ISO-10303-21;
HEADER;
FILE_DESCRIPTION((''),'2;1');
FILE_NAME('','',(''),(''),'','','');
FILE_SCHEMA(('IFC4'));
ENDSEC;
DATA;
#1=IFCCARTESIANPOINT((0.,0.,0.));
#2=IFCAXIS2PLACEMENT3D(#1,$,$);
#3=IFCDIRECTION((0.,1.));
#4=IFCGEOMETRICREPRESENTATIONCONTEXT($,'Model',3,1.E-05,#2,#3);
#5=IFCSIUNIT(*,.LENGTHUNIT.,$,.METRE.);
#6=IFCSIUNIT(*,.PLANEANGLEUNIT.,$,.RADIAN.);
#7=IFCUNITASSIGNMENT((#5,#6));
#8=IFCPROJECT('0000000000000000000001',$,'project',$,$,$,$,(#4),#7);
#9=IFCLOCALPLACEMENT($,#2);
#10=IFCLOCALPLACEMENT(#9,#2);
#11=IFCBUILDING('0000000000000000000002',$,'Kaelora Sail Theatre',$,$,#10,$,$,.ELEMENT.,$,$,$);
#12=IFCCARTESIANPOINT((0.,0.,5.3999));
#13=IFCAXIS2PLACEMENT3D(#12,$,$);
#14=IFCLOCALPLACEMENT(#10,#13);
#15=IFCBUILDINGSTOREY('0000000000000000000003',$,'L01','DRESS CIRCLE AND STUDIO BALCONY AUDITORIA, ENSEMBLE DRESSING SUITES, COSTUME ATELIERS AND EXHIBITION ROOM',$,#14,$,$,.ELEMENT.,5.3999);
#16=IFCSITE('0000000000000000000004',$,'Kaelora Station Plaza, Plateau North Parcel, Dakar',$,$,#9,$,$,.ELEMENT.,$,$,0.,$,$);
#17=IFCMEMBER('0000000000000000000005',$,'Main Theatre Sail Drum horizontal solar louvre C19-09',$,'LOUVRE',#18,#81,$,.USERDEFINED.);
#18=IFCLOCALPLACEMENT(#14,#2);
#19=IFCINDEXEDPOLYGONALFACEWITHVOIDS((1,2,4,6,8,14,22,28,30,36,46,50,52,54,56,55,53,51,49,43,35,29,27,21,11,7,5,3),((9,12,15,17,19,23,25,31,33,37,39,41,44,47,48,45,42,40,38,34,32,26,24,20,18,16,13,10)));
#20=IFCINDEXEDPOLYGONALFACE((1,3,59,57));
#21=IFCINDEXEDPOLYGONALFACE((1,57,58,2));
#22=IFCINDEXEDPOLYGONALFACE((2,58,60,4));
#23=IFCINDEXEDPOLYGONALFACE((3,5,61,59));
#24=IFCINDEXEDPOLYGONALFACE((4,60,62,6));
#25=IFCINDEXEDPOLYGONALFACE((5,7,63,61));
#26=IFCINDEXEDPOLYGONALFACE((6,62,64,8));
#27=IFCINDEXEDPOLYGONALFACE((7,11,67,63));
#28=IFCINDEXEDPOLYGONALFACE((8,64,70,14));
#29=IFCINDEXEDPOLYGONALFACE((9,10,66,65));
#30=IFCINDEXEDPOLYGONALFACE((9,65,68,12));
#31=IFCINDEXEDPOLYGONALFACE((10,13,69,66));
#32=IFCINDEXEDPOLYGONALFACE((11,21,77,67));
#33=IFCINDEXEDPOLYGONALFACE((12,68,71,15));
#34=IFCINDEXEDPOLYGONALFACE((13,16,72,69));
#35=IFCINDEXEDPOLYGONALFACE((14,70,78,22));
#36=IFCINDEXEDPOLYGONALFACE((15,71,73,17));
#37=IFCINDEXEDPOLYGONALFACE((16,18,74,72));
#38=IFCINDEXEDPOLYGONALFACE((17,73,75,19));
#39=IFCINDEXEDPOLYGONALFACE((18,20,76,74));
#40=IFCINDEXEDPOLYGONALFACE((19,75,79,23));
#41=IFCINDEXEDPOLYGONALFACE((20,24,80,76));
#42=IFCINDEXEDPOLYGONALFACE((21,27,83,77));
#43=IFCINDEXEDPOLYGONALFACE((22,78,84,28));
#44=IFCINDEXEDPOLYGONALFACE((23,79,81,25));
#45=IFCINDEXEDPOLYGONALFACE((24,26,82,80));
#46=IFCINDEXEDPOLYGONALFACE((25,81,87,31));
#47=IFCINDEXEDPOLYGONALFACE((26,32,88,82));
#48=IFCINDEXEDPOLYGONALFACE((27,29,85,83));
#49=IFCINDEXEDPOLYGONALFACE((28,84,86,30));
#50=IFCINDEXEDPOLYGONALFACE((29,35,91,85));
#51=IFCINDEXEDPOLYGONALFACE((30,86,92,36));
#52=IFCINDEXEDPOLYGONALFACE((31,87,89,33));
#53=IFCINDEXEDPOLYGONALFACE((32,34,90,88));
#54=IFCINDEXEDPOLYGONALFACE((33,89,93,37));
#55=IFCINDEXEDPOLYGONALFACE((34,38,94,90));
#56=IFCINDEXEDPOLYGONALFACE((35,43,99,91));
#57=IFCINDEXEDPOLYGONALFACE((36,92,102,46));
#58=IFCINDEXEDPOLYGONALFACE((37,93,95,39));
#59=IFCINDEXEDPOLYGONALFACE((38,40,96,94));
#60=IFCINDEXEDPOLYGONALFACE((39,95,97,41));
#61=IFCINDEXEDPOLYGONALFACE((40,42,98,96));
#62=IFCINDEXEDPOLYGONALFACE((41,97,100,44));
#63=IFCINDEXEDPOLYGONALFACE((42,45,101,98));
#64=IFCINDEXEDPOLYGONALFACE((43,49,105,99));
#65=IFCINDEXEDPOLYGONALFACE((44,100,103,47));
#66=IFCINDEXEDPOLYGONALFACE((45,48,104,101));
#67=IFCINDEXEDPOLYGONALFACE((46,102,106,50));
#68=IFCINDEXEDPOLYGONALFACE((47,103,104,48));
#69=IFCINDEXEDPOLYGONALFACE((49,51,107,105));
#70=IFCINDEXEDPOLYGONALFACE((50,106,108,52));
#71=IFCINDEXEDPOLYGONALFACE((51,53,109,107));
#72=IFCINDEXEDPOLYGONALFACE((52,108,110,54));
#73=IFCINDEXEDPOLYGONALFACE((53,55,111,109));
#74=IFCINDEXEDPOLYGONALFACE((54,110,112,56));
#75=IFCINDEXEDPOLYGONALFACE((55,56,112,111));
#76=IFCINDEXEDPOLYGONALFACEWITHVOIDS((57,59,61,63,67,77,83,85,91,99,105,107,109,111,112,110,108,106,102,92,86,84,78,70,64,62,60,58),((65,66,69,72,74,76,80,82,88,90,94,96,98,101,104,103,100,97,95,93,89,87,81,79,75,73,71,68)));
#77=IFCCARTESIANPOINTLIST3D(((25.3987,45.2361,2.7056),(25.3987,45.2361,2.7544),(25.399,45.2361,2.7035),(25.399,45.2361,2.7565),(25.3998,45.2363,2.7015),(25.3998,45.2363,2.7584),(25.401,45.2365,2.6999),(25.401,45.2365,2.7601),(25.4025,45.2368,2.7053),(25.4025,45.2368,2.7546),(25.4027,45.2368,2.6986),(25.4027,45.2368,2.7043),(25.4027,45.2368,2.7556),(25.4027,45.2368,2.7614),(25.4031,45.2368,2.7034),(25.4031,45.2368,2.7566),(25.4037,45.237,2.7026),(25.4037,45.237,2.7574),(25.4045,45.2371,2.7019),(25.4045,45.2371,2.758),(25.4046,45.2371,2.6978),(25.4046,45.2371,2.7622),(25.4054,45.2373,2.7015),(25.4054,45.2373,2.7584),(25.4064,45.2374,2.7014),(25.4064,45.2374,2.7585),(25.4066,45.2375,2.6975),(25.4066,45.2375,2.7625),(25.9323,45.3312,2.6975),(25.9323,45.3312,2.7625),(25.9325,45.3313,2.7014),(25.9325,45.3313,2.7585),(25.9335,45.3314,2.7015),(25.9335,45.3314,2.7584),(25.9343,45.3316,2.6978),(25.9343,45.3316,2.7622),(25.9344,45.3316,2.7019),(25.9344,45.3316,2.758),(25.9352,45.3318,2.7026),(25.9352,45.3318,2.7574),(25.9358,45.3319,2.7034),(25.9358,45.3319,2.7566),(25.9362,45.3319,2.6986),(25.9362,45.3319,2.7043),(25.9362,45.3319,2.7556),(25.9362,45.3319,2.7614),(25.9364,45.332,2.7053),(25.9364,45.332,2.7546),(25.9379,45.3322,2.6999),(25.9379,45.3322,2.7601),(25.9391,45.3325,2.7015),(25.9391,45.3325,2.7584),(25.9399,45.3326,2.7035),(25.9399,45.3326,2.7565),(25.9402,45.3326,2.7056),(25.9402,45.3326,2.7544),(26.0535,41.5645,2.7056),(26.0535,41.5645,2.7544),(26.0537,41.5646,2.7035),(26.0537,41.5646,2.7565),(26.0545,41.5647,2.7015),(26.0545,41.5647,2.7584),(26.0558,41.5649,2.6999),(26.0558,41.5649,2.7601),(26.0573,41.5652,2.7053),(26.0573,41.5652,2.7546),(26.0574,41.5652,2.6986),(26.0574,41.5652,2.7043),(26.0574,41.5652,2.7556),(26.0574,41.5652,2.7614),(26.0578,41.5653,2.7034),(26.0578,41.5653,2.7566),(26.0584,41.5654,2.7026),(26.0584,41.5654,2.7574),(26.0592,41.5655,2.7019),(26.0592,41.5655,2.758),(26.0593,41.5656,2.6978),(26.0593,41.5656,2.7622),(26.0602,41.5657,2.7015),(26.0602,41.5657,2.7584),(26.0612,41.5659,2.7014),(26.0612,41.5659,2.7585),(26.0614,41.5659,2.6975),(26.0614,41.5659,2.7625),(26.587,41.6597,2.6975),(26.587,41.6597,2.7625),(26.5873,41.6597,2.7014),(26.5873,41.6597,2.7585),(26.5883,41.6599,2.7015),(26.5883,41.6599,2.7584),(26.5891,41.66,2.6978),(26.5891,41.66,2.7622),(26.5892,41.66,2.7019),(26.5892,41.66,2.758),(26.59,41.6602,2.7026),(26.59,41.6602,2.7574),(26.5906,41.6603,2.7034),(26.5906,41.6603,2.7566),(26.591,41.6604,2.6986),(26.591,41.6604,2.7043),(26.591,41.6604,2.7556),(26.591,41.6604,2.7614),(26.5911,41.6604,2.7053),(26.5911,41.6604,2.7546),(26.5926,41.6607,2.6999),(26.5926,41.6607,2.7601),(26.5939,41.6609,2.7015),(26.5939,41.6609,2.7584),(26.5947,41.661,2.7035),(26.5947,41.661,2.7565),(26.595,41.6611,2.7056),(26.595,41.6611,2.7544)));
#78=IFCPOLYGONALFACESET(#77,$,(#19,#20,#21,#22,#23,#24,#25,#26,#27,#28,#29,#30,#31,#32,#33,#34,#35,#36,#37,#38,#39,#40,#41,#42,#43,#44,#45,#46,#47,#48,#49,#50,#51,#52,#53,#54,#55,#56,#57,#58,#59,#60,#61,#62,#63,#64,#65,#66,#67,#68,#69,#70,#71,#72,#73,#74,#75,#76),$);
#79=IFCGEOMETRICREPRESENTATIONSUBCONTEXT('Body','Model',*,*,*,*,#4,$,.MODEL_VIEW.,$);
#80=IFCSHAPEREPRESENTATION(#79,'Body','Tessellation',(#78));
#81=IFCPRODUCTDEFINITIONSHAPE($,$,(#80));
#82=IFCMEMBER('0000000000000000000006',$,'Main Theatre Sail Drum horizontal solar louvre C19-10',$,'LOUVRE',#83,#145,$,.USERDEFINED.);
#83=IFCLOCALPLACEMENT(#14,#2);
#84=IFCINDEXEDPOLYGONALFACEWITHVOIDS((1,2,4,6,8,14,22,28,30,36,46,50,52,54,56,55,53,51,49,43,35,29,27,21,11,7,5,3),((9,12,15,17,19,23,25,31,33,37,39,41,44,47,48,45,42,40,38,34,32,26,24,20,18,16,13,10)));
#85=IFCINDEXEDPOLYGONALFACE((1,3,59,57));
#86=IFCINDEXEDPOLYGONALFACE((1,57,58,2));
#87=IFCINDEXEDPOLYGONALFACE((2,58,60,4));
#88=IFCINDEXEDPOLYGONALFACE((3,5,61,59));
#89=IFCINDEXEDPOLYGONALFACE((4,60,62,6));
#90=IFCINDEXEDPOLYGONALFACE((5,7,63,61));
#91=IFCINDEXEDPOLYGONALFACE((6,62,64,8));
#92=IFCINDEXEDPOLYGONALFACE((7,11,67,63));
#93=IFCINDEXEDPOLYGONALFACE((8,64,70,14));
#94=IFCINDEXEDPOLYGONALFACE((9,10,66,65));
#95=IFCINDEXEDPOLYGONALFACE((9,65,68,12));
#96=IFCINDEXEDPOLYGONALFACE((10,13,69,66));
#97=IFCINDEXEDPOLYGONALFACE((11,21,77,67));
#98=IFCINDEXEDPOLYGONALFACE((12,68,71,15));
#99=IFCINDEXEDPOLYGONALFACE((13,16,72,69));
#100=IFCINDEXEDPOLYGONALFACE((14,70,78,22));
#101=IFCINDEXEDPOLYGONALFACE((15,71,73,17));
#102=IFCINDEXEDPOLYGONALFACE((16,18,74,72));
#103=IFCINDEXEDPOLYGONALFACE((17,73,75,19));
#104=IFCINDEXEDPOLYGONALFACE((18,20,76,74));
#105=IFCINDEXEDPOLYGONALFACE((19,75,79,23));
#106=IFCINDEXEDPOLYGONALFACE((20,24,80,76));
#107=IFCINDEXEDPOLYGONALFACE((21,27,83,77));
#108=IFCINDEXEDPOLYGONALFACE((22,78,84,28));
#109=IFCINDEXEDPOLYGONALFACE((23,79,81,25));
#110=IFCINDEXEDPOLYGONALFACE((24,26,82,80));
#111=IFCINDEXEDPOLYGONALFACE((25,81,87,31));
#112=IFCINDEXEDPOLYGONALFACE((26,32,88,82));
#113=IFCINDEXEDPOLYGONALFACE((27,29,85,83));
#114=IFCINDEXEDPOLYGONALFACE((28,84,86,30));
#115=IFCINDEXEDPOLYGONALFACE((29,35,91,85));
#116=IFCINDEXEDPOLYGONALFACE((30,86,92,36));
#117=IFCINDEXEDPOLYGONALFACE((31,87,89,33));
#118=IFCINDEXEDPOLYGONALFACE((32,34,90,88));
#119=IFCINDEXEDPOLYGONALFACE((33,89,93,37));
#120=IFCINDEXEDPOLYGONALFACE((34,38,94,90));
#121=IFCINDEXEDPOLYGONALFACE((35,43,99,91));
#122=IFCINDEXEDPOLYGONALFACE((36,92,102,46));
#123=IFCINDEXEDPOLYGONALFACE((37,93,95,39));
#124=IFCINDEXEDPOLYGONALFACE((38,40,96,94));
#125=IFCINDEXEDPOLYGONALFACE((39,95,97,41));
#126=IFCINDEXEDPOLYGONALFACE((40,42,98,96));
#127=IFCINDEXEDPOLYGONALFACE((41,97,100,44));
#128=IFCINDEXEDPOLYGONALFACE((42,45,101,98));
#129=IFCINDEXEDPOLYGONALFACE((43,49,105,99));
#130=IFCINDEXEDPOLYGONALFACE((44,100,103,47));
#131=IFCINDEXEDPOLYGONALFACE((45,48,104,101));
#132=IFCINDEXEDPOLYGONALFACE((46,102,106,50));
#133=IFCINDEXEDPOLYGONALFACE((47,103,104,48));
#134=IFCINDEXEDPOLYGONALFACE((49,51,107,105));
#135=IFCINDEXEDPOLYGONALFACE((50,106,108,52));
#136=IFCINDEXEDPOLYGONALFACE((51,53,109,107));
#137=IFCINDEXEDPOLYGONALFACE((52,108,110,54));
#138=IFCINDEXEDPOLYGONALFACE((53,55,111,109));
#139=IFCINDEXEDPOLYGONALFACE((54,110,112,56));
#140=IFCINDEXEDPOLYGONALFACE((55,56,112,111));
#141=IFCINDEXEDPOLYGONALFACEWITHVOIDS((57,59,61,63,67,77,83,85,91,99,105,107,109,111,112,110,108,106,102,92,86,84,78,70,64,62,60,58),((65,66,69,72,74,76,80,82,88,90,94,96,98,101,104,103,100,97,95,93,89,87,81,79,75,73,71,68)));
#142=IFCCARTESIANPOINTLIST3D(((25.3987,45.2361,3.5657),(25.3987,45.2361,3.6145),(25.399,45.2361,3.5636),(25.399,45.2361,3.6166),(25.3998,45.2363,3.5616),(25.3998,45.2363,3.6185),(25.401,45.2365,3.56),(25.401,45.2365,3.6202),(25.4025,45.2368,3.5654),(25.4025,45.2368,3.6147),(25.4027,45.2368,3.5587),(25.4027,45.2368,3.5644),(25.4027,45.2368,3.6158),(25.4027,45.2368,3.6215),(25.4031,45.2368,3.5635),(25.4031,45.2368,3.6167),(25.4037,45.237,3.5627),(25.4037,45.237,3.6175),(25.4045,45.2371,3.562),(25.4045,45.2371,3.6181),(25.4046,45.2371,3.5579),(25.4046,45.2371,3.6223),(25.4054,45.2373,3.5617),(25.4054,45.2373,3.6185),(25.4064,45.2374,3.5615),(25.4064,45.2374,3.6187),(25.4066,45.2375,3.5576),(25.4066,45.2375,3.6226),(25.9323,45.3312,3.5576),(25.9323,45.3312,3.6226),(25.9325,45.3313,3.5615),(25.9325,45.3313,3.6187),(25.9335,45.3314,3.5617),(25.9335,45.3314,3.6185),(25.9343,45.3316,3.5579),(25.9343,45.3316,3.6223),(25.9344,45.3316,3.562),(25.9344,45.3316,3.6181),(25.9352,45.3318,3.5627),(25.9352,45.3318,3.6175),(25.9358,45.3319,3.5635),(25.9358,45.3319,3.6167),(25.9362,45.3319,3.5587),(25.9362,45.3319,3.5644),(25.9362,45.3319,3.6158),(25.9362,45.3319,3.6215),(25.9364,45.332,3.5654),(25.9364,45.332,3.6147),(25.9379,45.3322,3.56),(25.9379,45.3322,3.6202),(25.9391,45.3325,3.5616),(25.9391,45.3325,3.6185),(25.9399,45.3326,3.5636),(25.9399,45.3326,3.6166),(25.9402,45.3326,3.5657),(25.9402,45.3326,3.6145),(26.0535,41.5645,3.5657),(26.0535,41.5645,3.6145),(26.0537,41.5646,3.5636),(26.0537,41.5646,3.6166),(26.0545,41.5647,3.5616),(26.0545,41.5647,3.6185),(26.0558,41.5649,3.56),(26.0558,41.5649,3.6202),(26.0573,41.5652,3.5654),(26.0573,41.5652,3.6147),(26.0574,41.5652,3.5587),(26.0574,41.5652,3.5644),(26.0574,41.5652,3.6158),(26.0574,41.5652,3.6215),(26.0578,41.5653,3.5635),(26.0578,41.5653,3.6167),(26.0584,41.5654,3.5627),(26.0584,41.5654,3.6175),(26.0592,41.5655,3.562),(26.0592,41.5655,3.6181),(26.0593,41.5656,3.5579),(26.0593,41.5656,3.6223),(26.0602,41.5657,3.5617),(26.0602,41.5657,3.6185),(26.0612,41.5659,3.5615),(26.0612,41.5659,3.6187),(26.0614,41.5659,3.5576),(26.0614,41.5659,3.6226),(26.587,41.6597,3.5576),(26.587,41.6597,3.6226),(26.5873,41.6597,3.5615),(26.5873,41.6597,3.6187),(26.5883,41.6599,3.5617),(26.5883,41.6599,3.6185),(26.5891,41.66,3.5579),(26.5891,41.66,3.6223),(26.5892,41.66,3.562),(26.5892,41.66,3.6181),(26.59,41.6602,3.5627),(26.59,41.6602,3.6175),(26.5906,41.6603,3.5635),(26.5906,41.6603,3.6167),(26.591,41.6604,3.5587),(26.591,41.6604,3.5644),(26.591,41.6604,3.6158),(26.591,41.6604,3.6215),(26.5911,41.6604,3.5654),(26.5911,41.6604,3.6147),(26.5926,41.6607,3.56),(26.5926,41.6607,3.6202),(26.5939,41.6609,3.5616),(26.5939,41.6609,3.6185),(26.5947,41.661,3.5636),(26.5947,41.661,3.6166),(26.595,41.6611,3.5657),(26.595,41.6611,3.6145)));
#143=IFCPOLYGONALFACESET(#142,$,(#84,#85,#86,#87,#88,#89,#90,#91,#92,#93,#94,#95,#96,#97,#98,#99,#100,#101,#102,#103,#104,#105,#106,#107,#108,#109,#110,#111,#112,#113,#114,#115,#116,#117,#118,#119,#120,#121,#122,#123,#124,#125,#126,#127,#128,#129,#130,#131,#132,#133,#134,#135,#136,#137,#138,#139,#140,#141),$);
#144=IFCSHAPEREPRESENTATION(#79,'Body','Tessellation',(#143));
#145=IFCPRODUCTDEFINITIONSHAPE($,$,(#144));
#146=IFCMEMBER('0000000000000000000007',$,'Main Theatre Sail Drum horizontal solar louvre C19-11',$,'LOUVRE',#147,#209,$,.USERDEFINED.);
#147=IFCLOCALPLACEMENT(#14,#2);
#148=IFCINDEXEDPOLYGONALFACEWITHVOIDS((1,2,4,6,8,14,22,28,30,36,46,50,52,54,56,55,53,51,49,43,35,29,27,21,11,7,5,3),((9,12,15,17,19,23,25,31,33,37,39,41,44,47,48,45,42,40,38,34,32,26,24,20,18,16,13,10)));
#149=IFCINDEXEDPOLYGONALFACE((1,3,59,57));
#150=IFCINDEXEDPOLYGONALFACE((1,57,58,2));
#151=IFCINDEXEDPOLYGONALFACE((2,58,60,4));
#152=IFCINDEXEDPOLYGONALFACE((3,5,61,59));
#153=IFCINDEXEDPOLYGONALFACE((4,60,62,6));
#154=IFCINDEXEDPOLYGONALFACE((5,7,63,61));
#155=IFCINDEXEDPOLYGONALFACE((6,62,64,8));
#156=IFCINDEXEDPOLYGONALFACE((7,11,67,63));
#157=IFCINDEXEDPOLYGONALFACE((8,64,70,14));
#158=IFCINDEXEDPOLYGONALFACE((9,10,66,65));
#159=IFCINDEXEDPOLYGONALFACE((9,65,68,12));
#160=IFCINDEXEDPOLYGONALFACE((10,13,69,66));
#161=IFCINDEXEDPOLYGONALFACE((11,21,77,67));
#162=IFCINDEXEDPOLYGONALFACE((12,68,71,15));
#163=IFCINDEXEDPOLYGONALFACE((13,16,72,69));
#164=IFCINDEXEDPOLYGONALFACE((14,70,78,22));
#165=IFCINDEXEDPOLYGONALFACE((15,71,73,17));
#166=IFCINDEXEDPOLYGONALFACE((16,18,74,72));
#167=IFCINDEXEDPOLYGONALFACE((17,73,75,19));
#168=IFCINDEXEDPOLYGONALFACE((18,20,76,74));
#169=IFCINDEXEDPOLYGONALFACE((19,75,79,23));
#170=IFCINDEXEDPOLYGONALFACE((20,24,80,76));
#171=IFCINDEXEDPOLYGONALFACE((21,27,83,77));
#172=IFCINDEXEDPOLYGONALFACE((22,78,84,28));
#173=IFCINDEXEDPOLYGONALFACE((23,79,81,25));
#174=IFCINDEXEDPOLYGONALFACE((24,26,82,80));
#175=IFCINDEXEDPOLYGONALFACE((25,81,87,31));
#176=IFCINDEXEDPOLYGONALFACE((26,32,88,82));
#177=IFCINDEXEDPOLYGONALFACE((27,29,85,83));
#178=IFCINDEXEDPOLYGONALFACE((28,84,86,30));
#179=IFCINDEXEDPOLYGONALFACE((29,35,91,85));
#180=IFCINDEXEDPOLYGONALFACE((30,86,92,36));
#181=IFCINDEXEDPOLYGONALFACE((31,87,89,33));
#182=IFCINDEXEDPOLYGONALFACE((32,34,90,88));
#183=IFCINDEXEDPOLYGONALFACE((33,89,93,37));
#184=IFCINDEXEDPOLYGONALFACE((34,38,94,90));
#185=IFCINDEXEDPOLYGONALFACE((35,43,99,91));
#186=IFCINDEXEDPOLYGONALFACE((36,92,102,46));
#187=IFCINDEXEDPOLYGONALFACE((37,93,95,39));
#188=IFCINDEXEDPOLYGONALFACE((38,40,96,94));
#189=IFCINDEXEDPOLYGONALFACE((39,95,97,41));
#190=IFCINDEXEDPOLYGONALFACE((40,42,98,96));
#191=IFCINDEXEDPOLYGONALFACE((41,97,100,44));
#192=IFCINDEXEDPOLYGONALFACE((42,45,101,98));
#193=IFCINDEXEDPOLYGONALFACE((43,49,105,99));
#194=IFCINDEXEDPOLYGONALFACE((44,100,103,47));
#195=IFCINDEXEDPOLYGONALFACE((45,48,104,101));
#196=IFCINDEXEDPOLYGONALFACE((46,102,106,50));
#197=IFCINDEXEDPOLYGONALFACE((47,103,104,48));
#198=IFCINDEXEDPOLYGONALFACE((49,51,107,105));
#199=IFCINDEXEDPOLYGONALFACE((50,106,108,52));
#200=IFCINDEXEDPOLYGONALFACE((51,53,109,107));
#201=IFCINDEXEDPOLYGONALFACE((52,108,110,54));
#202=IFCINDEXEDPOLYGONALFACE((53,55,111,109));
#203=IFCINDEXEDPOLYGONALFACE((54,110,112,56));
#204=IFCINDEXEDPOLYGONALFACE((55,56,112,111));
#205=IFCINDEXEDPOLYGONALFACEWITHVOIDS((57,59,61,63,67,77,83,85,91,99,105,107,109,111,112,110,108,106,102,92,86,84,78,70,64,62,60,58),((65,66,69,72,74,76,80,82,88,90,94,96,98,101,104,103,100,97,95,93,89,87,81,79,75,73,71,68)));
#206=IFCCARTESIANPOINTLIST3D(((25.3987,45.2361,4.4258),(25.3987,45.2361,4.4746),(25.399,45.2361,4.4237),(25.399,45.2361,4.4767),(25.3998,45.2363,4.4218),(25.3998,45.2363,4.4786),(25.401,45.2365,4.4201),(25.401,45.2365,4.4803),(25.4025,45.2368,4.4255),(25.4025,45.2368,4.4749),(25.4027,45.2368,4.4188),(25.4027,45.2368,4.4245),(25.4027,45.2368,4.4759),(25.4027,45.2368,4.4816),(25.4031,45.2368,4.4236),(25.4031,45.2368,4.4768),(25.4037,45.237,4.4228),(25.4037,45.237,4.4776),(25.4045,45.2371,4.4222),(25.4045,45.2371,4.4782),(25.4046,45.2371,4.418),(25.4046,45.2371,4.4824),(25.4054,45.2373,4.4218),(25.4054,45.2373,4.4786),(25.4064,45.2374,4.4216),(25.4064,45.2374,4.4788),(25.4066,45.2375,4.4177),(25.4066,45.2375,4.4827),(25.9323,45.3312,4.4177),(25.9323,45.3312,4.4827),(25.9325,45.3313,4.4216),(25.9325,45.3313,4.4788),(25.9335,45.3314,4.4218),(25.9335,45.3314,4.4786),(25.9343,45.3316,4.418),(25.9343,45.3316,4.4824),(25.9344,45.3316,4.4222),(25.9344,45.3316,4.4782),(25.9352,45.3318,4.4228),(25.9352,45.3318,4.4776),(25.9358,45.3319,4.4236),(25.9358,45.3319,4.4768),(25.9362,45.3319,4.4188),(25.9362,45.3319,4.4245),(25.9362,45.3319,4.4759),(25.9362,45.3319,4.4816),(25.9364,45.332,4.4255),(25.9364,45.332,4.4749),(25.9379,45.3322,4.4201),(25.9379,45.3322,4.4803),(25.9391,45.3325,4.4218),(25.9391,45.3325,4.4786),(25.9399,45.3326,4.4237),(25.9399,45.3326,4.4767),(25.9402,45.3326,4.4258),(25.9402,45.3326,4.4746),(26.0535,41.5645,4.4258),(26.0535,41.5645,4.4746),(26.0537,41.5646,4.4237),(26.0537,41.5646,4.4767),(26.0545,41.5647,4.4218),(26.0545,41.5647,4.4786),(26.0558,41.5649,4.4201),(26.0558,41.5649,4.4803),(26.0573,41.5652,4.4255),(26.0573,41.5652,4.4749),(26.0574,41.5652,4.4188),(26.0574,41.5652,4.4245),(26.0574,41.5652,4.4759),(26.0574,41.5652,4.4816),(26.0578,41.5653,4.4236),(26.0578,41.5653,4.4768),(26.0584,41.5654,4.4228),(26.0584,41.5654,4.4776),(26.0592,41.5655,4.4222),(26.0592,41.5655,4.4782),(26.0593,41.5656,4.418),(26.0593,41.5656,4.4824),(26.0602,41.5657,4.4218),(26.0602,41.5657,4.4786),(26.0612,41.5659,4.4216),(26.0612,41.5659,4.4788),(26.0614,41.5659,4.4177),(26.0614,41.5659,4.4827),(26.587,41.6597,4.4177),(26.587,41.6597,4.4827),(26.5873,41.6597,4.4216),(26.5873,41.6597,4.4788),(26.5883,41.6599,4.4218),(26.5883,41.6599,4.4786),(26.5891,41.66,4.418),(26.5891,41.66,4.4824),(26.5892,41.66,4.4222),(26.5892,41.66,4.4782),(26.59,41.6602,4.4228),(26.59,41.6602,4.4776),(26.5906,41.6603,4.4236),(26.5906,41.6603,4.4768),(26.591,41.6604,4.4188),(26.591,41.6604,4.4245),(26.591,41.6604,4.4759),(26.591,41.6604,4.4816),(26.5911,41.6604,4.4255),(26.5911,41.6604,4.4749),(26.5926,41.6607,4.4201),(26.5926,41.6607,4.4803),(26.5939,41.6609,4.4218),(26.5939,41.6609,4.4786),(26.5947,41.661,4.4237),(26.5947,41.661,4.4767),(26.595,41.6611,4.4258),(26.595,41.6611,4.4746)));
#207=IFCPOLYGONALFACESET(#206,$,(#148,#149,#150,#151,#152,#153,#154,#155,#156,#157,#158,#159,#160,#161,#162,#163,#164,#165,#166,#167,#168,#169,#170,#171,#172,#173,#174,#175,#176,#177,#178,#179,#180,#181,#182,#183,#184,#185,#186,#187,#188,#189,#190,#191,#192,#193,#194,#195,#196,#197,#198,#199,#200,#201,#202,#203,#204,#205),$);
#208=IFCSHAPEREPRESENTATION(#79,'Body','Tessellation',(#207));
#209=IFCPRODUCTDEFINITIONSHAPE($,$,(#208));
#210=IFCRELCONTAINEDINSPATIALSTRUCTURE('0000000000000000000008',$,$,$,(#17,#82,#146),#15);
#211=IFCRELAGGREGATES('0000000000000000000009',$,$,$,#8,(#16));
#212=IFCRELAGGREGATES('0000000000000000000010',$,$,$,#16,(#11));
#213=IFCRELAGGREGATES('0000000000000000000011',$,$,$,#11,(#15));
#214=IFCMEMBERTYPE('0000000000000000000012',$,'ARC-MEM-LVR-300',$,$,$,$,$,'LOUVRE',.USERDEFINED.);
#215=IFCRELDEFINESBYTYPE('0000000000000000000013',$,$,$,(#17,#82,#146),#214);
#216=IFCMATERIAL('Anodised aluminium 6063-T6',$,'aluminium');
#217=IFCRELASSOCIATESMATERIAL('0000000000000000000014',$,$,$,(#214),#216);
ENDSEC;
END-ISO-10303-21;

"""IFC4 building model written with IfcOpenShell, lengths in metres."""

from ifc_helpers import new_model, si_unit, direction, frame, origin, origin_2d, place, context, subcontext, project, spatial, hollow_rectangle, extrude, material, material_profile, profile_set, type_object, element, save


model = new_model("IFC4")

# Units and contexts
model_context = context("Model", 3, precision=1e-05, world=origin(), true_north=direction((0.0, 1.0)))
body_context = subcontext(model_context, "Body", "Model", "MODEL_VIEW")
ifc_project = project(units=[si_unit("LENGTHUNIT", "METRE"), si_unit("PLANEANGLEUNIT", "RADIAN")], contexts=[model_context])

# Site, building, storey
site_placement = place(None, origin())
site = spatial("IfcSite", under=ifc_project, at=site_placement, Name="Kaelora Station Plaza, Plateau North Parcel, Dakar", CompositionType="ELEMENT", RefElevation=0.0)
building_placement = place(site_placement, origin())
building = spatial("IfcBuilding", under=site, at=building_placement, Name="Kaelora Sail Theatre", CompositionType="ELEMENT")
storey_placement = place(building_placement, frame((0.0, 0.0, 5.3999)))
storey = spatial("IfcBuildingStorey", under=building, at=storey_placement, Name="L01", Description="DRESS CIRCLE AND STUDIO BALCONY AUDITORIA, ENSEMBLE DRESSING SUITES, COSTUME ATELIERS AND EXHIBITION ROOM", CompositionType="ELEMENT", Elevation=5.3999)

# Members
ifc_material_1 = material(Name="Anodised aluminium 6063-T6", Category="aluminium")
ifc_material_profile_1 = material_profile(ifc_material_1, hollow_rectangle(XDim=0.55, YDim=0.0649, WallThickness=0.0039, InnerFilletRadius=0.0039, OuterFilletRadius=0.0081, at=origin_2d()), Name="LOUVRE 550x65x4")
ifc_profile_set_1 = profile_set([ifc_material_profile_1], Name="Anodised aluminium 6063-T6")
member_type = type_object("IfcMemberType", Name="ARC-MEM-LVR-300", ElementType="LOUVRE", PredefinedType="USERDEFINED", material=ifc_profile_set_1)
for number, where, z_axis, x_axis, name in (
    (1, (26.3242, 41.6128, 2.73), (-0.175566, 0.984468, 0.0), (-0.984468, -0.175566, 0.0), "Main Theatre Sail Drum horizontal solar louvre C19-09"),
    (2, (26.3242, 41.6128, 3.5901), (-0.175566, 0.984468, 0.0), (-0.984468, -0.175566, 0.0), "Main Theatre Sail Drum horizontal solar louvre C19-10"),
    (3, (26.3242, 41.6128, 4.4502), (-0.175566, 0.984468, 0.0), (-0.984468, -0.175566, 0.0), "Main Theatre Sail Drum horizontal solar louvre C19-11"),
):
    element("IfcMember", number, at=place(storey_placement, frame(where, z_axis=z_axis, x_axis=x_axis)), inside=storey, type_object=member_type, Name=name, ObjectType="LOUVRE", PredefinedType="USERDEFINED", context=body_context, shape_type="SweptSolid", body=[
        extrude(hollow_rectangle(XDim=0.55, YDim=0.0649, WallThickness=0.0039, InnerFilletRadius=0.0039, OuterFilletRadius=0.0081, at=origin_2d()), origin(), (0.0, 0.0, 1.0), 3.7295),
    ])

save(model, "model.ifc")
